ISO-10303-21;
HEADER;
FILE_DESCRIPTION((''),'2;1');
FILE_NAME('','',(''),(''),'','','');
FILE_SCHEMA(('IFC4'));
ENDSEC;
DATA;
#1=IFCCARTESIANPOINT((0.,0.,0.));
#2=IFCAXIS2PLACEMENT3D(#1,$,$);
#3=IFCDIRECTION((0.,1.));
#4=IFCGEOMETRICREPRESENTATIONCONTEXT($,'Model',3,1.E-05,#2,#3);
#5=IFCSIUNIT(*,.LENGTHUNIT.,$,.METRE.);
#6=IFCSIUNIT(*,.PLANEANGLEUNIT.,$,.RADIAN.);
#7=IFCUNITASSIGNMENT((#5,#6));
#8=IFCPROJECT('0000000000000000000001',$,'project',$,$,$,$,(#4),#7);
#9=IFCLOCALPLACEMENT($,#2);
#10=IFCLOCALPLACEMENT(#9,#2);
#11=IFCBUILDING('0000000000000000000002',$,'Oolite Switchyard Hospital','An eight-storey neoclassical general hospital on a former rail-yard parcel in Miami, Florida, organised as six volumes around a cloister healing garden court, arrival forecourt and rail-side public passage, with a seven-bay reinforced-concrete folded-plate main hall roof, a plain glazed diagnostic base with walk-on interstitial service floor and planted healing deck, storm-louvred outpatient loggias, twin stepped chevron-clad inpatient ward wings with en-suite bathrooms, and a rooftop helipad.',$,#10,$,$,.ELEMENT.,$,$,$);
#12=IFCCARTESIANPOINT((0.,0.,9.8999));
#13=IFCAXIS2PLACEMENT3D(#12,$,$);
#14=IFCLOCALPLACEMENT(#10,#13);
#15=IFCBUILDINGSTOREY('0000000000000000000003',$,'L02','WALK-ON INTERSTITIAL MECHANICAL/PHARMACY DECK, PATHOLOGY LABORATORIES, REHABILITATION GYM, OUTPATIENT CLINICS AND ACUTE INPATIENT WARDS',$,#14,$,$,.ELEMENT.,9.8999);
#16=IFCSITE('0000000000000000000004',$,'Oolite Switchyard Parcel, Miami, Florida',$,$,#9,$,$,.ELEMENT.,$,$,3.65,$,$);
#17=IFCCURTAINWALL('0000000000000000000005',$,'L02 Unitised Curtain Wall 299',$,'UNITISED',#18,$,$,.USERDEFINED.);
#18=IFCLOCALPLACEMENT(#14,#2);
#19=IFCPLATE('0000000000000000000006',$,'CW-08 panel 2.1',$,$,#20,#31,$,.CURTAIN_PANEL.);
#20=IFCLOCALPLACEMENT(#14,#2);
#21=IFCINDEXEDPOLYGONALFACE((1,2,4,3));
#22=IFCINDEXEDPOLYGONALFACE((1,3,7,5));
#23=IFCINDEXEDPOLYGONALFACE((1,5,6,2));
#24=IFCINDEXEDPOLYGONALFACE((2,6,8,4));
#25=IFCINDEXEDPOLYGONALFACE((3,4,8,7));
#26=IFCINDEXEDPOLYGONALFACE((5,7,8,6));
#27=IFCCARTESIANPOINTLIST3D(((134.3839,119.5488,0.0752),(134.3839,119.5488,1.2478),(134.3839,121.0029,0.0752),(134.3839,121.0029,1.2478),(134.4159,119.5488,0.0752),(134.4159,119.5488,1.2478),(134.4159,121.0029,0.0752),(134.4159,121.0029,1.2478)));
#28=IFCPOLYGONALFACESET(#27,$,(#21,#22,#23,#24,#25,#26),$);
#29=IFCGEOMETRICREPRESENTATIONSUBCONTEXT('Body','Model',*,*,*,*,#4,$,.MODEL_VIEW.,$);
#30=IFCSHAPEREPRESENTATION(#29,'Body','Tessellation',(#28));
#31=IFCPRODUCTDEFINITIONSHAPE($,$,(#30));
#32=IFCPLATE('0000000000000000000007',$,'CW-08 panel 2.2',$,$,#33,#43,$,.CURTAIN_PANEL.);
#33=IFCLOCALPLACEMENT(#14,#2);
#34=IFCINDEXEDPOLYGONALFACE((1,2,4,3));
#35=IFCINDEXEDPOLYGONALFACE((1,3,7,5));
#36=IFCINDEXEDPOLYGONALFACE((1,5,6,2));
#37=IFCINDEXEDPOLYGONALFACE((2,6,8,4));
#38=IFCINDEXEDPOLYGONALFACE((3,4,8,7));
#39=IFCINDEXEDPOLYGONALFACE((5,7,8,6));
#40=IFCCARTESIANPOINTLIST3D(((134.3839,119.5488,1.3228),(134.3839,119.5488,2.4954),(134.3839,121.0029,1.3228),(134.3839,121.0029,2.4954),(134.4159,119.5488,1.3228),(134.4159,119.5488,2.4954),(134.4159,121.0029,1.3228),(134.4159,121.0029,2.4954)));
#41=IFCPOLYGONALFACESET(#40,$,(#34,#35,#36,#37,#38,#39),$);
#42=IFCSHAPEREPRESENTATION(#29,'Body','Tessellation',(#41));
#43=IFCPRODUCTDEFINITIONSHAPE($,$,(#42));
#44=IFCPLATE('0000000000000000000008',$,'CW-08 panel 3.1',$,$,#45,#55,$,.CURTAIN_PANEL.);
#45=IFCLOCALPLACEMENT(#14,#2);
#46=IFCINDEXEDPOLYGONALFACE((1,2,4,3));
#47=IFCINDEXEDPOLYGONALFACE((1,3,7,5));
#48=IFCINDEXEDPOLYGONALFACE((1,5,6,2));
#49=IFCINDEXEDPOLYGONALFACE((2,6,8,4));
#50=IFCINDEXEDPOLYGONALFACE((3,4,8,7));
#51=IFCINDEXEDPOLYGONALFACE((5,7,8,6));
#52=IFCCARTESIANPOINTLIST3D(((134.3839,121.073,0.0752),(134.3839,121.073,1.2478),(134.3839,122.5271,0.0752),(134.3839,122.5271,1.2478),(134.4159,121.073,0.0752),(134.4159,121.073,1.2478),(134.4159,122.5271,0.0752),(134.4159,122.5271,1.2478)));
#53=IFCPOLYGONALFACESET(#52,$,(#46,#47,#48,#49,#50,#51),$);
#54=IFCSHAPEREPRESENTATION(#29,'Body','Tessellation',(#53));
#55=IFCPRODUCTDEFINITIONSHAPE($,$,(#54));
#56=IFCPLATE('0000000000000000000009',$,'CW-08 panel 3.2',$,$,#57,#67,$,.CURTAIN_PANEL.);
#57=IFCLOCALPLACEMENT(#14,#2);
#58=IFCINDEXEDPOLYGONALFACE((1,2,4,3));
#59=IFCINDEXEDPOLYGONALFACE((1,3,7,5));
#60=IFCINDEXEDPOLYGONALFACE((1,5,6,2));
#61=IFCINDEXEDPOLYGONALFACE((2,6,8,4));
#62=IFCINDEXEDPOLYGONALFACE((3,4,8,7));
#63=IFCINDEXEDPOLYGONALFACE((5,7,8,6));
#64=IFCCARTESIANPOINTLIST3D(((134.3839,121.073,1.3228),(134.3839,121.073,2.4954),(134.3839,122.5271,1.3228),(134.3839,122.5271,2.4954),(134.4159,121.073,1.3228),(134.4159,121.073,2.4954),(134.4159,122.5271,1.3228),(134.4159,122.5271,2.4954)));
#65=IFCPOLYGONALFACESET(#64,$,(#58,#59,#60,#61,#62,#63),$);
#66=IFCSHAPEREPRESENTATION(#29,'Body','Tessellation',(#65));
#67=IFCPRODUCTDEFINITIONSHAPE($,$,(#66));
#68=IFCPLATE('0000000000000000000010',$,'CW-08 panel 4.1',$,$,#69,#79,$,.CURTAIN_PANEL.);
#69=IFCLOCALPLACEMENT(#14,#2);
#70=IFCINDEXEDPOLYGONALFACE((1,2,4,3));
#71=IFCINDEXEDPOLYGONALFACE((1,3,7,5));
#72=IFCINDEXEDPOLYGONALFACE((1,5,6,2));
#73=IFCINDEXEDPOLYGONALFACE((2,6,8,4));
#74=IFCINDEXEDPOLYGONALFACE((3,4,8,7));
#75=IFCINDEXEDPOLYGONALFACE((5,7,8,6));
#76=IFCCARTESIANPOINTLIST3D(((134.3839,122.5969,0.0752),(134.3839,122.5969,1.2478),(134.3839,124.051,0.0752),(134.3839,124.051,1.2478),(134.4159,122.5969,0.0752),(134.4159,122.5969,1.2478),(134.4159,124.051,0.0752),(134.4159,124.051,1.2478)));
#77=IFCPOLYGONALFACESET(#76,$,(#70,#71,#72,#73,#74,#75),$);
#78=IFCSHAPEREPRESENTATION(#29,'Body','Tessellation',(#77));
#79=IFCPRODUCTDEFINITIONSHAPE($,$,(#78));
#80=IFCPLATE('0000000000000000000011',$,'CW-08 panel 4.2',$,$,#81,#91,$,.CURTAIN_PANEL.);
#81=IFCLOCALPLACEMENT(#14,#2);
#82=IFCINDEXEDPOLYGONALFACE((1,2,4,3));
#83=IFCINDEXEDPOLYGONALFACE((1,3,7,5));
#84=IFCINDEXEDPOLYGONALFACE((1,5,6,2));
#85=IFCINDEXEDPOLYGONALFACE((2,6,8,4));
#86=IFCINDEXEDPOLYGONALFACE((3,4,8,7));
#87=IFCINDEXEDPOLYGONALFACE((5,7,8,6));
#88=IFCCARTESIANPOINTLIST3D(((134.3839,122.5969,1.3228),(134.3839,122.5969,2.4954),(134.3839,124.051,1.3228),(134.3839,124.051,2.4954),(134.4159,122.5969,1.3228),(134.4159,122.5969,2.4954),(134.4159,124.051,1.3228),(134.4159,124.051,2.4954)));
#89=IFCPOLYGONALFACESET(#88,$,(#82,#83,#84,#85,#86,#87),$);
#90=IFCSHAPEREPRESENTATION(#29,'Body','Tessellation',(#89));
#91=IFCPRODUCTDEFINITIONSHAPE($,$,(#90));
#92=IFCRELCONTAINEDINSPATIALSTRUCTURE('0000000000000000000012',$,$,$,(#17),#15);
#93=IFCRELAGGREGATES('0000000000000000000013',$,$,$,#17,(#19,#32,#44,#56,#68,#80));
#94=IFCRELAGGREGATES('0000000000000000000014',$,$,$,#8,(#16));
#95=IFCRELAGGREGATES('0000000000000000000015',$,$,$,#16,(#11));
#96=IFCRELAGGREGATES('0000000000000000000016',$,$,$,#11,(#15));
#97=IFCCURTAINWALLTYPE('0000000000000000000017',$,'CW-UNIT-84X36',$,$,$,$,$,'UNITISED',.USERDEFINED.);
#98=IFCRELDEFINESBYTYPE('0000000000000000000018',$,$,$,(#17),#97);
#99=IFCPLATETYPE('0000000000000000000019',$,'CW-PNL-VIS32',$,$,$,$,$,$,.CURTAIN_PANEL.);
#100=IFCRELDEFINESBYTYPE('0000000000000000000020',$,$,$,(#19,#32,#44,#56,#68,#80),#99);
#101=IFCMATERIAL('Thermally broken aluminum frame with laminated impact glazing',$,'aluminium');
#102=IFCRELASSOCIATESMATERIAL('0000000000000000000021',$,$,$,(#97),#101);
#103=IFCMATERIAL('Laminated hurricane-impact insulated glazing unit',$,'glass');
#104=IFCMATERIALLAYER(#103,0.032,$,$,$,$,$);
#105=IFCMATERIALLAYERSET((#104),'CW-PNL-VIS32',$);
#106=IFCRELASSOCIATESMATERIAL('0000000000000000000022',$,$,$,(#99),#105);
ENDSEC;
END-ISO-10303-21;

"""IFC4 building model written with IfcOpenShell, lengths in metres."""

from ifc_helpers import new_model, si_unit, direction, frame, origin, origin_2d, place, context, subcontext, project, spatial, rectangle, extrude, material, layer, layer_set, type_object, element, aggregate, save


model = new_model("IFC4")

# Units and contexts
model_context = context("Model", 3, precision=1e-05, world=origin(), true_north=direction((0.0, 1.0)))
body_context = subcontext(model_context, "Body", "Model", "MODEL_VIEW")
ifc_project = project(units=[si_unit("LENGTHUNIT", "METRE"), si_unit("PLANEANGLEUNIT", "RADIAN")], contexts=[model_context])

# Site, building, storey
site_placement = place(None, origin())
site = spatial("IfcSite", under=ifc_project, at=site_placement, Name="Oolite Switchyard Parcel, Miami, Florida", CompositionType="ELEMENT", RefElevation=3.65)
building_placement = place(site_placement, origin())
building = spatial("IfcBuilding", under=site, at=building_placement, Name="Oolite Switchyard Hospital", Description="An eight-storey neoclassical general hospital on a former rail-yard parcel in Miami, Florida, organised as six volumes around a cloister healing garden court, arrival forecourt and rail-side public passage, with a seven-bay reinforced-concrete folded-plate main hall roof, a plain glazed diagnostic base with walk-on interstitial service floor and planted healing deck, storm-louvred outpatient loggias, twin stepped chevron-clad inpatient ward wings with en-suite bathrooms, and a rooftop helipad.", CompositionType="ELEMENT")
storey_placement = place(building_placement, frame((0.0, 0.0, 9.8999)))
storey = spatial("IfcBuildingStorey", under=building, at=storey_placement, Name="L02", Description="WALK-ON INTERSTITIAL MECHANICAL/PHARMACY DECK, PATHOLOGY LABORATORIES, REHABILITATION GYM, OUTPATIENT CLINICS AND ACUTE INPATIENT WARDS", CompositionType="ELEMENT", Elevation=9.8999)

# Curtain wall, plates
ifc_material_1 = material(Name="Thermally broken aluminum frame with laminated impact glazing", Category="aluminium")
curtain_wall_type = type_object("IfcCurtainWallType", Name="CW-UNIT-84X36", ElementType="UNITISED", PredefinedType="USERDEFINED", material=ifc_material_1)
curtain_wall_placement = place(storey_placement, origin())
curtain_wall = element("IfcCurtainWall", 1, at=curtain_wall_placement, inside=storey, type_object=curtain_wall_type, Name="L02 Unitised Curtain Wall 299", ObjectType="UNITISED", PredefinedType="USERDEFINED")
ifc_material_2 = material(Name="Laminated hurricane-impact insulated glazing unit", Category="glass")
ifc_layer = layer(ifc_material_2, 0.032)
ifc_layer_set = layer_set([ifc_layer], Name="CW-PNL-VIS32")
plate_type = type_object("IfcPlateType", Name="CW-PNL-VIS32", PredefinedType="CURTAIN_PANEL", material=ifc_layer_set)
plate_1_placement = place(storey_placement, frame((134.3999, 120.2759, 0.0752), z_axis=(0.0, 0.0, 1.0), x_axis=(0.0, 1.0, 0.0)))
plate_1 = element("IfcPlate", 2, at=plate_1_placement, type_object=plate_type, Name="CW-08 panel 2.1", PredefinedType="CURTAIN_PANEL", context=body_context, shape_type="SweptSolid", body=[
    extrude(rectangle(XDim=1.4541, YDim=0.032, at=origin_2d()), origin(), (0.0, 0.0, 1.0), 1.1726),
])
plate_2_placement = place(storey_placement, frame((134.3999, 120.2759, 1.3228), z_axis=(0.0, 0.0, 1.0), x_axis=(0.0, 1.0, 0.0)))
plate_2 = element("IfcPlate", 3, at=plate_2_placement, type_object=plate_type, Name="CW-08 panel 2.2", PredefinedType="CURTAIN_PANEL", context=body_context, shape_type="SweptSolid", body=[
    extrude(rectangle(XDim=1.4541, YDim=0.032, at=origin_2d()), origin(), (0.0, 0.0, 1.0), 1.1726),
])
plate_3_placement = place(storey_placement, frame((134.3999, 121.8, 0.0752), z_axis=(0.0, 0.0, 1.0), x_axis=(0.0, 1.0, 0.0)))
plate_3 = element("IfcPlate", 4, at=plate_3_placement, type_object=plate_type, Name="CW-08 panel 3.1", PredefinedType="CURTAIN_PANEL", context=body_context, shape_type="SweptSolid", body=[
    extrude(rectangle(XDim=1.4541, YDim=0.032, at=origin_2d()), origin(), (0.0, 0.0, 1.0), 1.1726),
])
plate_4_placement = place(storey_placement, frame((134.3999, 121.8, 1.3228), z_axis=(0.0, 0.0, 1.0), x_axis=(0.0, 1.0, 0.0)))
plate_4 = element("IfcPlate", 5, at=plate_4_placement, type_object=plate_type, Name="CW-08 panel 3.2", PredefinedType="CURTAIN_PANEL", context=body_context, shape_type="SweptSolid", body=[
    extrude(rectangle(XDim=1.4541, YDim=0.032, at=origin_2d()), origin(), (0.0, 0.0, 1.0), 1.1726),
])
plate_5_placement = place(storey_placement, frame((134.3999, 123.324, 0.0752), z_axis=(0.0, 0.0, 1.0), x_axis=(0.0, 1.0, 0.0)))
plate_5 = element("IfcPlate", 6, at=plate_5_placement, type_object=plate_type, Name="CW-08 panel 4.1", PredefinedType="CURTAIN_PANEL", context=body_context, shape_type="SweptSolid", body=[
    extrude(rectangle(XDim=1.4541, YDim=0.032, at=origin_2d()), origin(), (0.0, 0.0, 1.0), 1.1726),
])
plate_6_placement = place(storey_placement, frame((134.3999, 123.324, 1.3228), z_axis=(0.0, 0.0, 1.0), x_axis=(0.0, 1.0, 0.0)))
plate_6 = element("IfcPlate", 7, at=plate_6_placement, type_object=plate_type, Name="CW-08 panel 4.2", PredefinedType="CURTAIN_PANEL", context=body_context, shape_type="SweptSolid", body=[
    extrude(rectangle(XDim=1.4541, YDim=0.032, at=origin_2d()), origin(), (0.0, 0.0, 1.0), 1.1726),
])
aggregate(curtain_wall, [plate_1, plate_2, plate_3, plate_4, plate_5, plate_6])

save(model, "model.ifc")
